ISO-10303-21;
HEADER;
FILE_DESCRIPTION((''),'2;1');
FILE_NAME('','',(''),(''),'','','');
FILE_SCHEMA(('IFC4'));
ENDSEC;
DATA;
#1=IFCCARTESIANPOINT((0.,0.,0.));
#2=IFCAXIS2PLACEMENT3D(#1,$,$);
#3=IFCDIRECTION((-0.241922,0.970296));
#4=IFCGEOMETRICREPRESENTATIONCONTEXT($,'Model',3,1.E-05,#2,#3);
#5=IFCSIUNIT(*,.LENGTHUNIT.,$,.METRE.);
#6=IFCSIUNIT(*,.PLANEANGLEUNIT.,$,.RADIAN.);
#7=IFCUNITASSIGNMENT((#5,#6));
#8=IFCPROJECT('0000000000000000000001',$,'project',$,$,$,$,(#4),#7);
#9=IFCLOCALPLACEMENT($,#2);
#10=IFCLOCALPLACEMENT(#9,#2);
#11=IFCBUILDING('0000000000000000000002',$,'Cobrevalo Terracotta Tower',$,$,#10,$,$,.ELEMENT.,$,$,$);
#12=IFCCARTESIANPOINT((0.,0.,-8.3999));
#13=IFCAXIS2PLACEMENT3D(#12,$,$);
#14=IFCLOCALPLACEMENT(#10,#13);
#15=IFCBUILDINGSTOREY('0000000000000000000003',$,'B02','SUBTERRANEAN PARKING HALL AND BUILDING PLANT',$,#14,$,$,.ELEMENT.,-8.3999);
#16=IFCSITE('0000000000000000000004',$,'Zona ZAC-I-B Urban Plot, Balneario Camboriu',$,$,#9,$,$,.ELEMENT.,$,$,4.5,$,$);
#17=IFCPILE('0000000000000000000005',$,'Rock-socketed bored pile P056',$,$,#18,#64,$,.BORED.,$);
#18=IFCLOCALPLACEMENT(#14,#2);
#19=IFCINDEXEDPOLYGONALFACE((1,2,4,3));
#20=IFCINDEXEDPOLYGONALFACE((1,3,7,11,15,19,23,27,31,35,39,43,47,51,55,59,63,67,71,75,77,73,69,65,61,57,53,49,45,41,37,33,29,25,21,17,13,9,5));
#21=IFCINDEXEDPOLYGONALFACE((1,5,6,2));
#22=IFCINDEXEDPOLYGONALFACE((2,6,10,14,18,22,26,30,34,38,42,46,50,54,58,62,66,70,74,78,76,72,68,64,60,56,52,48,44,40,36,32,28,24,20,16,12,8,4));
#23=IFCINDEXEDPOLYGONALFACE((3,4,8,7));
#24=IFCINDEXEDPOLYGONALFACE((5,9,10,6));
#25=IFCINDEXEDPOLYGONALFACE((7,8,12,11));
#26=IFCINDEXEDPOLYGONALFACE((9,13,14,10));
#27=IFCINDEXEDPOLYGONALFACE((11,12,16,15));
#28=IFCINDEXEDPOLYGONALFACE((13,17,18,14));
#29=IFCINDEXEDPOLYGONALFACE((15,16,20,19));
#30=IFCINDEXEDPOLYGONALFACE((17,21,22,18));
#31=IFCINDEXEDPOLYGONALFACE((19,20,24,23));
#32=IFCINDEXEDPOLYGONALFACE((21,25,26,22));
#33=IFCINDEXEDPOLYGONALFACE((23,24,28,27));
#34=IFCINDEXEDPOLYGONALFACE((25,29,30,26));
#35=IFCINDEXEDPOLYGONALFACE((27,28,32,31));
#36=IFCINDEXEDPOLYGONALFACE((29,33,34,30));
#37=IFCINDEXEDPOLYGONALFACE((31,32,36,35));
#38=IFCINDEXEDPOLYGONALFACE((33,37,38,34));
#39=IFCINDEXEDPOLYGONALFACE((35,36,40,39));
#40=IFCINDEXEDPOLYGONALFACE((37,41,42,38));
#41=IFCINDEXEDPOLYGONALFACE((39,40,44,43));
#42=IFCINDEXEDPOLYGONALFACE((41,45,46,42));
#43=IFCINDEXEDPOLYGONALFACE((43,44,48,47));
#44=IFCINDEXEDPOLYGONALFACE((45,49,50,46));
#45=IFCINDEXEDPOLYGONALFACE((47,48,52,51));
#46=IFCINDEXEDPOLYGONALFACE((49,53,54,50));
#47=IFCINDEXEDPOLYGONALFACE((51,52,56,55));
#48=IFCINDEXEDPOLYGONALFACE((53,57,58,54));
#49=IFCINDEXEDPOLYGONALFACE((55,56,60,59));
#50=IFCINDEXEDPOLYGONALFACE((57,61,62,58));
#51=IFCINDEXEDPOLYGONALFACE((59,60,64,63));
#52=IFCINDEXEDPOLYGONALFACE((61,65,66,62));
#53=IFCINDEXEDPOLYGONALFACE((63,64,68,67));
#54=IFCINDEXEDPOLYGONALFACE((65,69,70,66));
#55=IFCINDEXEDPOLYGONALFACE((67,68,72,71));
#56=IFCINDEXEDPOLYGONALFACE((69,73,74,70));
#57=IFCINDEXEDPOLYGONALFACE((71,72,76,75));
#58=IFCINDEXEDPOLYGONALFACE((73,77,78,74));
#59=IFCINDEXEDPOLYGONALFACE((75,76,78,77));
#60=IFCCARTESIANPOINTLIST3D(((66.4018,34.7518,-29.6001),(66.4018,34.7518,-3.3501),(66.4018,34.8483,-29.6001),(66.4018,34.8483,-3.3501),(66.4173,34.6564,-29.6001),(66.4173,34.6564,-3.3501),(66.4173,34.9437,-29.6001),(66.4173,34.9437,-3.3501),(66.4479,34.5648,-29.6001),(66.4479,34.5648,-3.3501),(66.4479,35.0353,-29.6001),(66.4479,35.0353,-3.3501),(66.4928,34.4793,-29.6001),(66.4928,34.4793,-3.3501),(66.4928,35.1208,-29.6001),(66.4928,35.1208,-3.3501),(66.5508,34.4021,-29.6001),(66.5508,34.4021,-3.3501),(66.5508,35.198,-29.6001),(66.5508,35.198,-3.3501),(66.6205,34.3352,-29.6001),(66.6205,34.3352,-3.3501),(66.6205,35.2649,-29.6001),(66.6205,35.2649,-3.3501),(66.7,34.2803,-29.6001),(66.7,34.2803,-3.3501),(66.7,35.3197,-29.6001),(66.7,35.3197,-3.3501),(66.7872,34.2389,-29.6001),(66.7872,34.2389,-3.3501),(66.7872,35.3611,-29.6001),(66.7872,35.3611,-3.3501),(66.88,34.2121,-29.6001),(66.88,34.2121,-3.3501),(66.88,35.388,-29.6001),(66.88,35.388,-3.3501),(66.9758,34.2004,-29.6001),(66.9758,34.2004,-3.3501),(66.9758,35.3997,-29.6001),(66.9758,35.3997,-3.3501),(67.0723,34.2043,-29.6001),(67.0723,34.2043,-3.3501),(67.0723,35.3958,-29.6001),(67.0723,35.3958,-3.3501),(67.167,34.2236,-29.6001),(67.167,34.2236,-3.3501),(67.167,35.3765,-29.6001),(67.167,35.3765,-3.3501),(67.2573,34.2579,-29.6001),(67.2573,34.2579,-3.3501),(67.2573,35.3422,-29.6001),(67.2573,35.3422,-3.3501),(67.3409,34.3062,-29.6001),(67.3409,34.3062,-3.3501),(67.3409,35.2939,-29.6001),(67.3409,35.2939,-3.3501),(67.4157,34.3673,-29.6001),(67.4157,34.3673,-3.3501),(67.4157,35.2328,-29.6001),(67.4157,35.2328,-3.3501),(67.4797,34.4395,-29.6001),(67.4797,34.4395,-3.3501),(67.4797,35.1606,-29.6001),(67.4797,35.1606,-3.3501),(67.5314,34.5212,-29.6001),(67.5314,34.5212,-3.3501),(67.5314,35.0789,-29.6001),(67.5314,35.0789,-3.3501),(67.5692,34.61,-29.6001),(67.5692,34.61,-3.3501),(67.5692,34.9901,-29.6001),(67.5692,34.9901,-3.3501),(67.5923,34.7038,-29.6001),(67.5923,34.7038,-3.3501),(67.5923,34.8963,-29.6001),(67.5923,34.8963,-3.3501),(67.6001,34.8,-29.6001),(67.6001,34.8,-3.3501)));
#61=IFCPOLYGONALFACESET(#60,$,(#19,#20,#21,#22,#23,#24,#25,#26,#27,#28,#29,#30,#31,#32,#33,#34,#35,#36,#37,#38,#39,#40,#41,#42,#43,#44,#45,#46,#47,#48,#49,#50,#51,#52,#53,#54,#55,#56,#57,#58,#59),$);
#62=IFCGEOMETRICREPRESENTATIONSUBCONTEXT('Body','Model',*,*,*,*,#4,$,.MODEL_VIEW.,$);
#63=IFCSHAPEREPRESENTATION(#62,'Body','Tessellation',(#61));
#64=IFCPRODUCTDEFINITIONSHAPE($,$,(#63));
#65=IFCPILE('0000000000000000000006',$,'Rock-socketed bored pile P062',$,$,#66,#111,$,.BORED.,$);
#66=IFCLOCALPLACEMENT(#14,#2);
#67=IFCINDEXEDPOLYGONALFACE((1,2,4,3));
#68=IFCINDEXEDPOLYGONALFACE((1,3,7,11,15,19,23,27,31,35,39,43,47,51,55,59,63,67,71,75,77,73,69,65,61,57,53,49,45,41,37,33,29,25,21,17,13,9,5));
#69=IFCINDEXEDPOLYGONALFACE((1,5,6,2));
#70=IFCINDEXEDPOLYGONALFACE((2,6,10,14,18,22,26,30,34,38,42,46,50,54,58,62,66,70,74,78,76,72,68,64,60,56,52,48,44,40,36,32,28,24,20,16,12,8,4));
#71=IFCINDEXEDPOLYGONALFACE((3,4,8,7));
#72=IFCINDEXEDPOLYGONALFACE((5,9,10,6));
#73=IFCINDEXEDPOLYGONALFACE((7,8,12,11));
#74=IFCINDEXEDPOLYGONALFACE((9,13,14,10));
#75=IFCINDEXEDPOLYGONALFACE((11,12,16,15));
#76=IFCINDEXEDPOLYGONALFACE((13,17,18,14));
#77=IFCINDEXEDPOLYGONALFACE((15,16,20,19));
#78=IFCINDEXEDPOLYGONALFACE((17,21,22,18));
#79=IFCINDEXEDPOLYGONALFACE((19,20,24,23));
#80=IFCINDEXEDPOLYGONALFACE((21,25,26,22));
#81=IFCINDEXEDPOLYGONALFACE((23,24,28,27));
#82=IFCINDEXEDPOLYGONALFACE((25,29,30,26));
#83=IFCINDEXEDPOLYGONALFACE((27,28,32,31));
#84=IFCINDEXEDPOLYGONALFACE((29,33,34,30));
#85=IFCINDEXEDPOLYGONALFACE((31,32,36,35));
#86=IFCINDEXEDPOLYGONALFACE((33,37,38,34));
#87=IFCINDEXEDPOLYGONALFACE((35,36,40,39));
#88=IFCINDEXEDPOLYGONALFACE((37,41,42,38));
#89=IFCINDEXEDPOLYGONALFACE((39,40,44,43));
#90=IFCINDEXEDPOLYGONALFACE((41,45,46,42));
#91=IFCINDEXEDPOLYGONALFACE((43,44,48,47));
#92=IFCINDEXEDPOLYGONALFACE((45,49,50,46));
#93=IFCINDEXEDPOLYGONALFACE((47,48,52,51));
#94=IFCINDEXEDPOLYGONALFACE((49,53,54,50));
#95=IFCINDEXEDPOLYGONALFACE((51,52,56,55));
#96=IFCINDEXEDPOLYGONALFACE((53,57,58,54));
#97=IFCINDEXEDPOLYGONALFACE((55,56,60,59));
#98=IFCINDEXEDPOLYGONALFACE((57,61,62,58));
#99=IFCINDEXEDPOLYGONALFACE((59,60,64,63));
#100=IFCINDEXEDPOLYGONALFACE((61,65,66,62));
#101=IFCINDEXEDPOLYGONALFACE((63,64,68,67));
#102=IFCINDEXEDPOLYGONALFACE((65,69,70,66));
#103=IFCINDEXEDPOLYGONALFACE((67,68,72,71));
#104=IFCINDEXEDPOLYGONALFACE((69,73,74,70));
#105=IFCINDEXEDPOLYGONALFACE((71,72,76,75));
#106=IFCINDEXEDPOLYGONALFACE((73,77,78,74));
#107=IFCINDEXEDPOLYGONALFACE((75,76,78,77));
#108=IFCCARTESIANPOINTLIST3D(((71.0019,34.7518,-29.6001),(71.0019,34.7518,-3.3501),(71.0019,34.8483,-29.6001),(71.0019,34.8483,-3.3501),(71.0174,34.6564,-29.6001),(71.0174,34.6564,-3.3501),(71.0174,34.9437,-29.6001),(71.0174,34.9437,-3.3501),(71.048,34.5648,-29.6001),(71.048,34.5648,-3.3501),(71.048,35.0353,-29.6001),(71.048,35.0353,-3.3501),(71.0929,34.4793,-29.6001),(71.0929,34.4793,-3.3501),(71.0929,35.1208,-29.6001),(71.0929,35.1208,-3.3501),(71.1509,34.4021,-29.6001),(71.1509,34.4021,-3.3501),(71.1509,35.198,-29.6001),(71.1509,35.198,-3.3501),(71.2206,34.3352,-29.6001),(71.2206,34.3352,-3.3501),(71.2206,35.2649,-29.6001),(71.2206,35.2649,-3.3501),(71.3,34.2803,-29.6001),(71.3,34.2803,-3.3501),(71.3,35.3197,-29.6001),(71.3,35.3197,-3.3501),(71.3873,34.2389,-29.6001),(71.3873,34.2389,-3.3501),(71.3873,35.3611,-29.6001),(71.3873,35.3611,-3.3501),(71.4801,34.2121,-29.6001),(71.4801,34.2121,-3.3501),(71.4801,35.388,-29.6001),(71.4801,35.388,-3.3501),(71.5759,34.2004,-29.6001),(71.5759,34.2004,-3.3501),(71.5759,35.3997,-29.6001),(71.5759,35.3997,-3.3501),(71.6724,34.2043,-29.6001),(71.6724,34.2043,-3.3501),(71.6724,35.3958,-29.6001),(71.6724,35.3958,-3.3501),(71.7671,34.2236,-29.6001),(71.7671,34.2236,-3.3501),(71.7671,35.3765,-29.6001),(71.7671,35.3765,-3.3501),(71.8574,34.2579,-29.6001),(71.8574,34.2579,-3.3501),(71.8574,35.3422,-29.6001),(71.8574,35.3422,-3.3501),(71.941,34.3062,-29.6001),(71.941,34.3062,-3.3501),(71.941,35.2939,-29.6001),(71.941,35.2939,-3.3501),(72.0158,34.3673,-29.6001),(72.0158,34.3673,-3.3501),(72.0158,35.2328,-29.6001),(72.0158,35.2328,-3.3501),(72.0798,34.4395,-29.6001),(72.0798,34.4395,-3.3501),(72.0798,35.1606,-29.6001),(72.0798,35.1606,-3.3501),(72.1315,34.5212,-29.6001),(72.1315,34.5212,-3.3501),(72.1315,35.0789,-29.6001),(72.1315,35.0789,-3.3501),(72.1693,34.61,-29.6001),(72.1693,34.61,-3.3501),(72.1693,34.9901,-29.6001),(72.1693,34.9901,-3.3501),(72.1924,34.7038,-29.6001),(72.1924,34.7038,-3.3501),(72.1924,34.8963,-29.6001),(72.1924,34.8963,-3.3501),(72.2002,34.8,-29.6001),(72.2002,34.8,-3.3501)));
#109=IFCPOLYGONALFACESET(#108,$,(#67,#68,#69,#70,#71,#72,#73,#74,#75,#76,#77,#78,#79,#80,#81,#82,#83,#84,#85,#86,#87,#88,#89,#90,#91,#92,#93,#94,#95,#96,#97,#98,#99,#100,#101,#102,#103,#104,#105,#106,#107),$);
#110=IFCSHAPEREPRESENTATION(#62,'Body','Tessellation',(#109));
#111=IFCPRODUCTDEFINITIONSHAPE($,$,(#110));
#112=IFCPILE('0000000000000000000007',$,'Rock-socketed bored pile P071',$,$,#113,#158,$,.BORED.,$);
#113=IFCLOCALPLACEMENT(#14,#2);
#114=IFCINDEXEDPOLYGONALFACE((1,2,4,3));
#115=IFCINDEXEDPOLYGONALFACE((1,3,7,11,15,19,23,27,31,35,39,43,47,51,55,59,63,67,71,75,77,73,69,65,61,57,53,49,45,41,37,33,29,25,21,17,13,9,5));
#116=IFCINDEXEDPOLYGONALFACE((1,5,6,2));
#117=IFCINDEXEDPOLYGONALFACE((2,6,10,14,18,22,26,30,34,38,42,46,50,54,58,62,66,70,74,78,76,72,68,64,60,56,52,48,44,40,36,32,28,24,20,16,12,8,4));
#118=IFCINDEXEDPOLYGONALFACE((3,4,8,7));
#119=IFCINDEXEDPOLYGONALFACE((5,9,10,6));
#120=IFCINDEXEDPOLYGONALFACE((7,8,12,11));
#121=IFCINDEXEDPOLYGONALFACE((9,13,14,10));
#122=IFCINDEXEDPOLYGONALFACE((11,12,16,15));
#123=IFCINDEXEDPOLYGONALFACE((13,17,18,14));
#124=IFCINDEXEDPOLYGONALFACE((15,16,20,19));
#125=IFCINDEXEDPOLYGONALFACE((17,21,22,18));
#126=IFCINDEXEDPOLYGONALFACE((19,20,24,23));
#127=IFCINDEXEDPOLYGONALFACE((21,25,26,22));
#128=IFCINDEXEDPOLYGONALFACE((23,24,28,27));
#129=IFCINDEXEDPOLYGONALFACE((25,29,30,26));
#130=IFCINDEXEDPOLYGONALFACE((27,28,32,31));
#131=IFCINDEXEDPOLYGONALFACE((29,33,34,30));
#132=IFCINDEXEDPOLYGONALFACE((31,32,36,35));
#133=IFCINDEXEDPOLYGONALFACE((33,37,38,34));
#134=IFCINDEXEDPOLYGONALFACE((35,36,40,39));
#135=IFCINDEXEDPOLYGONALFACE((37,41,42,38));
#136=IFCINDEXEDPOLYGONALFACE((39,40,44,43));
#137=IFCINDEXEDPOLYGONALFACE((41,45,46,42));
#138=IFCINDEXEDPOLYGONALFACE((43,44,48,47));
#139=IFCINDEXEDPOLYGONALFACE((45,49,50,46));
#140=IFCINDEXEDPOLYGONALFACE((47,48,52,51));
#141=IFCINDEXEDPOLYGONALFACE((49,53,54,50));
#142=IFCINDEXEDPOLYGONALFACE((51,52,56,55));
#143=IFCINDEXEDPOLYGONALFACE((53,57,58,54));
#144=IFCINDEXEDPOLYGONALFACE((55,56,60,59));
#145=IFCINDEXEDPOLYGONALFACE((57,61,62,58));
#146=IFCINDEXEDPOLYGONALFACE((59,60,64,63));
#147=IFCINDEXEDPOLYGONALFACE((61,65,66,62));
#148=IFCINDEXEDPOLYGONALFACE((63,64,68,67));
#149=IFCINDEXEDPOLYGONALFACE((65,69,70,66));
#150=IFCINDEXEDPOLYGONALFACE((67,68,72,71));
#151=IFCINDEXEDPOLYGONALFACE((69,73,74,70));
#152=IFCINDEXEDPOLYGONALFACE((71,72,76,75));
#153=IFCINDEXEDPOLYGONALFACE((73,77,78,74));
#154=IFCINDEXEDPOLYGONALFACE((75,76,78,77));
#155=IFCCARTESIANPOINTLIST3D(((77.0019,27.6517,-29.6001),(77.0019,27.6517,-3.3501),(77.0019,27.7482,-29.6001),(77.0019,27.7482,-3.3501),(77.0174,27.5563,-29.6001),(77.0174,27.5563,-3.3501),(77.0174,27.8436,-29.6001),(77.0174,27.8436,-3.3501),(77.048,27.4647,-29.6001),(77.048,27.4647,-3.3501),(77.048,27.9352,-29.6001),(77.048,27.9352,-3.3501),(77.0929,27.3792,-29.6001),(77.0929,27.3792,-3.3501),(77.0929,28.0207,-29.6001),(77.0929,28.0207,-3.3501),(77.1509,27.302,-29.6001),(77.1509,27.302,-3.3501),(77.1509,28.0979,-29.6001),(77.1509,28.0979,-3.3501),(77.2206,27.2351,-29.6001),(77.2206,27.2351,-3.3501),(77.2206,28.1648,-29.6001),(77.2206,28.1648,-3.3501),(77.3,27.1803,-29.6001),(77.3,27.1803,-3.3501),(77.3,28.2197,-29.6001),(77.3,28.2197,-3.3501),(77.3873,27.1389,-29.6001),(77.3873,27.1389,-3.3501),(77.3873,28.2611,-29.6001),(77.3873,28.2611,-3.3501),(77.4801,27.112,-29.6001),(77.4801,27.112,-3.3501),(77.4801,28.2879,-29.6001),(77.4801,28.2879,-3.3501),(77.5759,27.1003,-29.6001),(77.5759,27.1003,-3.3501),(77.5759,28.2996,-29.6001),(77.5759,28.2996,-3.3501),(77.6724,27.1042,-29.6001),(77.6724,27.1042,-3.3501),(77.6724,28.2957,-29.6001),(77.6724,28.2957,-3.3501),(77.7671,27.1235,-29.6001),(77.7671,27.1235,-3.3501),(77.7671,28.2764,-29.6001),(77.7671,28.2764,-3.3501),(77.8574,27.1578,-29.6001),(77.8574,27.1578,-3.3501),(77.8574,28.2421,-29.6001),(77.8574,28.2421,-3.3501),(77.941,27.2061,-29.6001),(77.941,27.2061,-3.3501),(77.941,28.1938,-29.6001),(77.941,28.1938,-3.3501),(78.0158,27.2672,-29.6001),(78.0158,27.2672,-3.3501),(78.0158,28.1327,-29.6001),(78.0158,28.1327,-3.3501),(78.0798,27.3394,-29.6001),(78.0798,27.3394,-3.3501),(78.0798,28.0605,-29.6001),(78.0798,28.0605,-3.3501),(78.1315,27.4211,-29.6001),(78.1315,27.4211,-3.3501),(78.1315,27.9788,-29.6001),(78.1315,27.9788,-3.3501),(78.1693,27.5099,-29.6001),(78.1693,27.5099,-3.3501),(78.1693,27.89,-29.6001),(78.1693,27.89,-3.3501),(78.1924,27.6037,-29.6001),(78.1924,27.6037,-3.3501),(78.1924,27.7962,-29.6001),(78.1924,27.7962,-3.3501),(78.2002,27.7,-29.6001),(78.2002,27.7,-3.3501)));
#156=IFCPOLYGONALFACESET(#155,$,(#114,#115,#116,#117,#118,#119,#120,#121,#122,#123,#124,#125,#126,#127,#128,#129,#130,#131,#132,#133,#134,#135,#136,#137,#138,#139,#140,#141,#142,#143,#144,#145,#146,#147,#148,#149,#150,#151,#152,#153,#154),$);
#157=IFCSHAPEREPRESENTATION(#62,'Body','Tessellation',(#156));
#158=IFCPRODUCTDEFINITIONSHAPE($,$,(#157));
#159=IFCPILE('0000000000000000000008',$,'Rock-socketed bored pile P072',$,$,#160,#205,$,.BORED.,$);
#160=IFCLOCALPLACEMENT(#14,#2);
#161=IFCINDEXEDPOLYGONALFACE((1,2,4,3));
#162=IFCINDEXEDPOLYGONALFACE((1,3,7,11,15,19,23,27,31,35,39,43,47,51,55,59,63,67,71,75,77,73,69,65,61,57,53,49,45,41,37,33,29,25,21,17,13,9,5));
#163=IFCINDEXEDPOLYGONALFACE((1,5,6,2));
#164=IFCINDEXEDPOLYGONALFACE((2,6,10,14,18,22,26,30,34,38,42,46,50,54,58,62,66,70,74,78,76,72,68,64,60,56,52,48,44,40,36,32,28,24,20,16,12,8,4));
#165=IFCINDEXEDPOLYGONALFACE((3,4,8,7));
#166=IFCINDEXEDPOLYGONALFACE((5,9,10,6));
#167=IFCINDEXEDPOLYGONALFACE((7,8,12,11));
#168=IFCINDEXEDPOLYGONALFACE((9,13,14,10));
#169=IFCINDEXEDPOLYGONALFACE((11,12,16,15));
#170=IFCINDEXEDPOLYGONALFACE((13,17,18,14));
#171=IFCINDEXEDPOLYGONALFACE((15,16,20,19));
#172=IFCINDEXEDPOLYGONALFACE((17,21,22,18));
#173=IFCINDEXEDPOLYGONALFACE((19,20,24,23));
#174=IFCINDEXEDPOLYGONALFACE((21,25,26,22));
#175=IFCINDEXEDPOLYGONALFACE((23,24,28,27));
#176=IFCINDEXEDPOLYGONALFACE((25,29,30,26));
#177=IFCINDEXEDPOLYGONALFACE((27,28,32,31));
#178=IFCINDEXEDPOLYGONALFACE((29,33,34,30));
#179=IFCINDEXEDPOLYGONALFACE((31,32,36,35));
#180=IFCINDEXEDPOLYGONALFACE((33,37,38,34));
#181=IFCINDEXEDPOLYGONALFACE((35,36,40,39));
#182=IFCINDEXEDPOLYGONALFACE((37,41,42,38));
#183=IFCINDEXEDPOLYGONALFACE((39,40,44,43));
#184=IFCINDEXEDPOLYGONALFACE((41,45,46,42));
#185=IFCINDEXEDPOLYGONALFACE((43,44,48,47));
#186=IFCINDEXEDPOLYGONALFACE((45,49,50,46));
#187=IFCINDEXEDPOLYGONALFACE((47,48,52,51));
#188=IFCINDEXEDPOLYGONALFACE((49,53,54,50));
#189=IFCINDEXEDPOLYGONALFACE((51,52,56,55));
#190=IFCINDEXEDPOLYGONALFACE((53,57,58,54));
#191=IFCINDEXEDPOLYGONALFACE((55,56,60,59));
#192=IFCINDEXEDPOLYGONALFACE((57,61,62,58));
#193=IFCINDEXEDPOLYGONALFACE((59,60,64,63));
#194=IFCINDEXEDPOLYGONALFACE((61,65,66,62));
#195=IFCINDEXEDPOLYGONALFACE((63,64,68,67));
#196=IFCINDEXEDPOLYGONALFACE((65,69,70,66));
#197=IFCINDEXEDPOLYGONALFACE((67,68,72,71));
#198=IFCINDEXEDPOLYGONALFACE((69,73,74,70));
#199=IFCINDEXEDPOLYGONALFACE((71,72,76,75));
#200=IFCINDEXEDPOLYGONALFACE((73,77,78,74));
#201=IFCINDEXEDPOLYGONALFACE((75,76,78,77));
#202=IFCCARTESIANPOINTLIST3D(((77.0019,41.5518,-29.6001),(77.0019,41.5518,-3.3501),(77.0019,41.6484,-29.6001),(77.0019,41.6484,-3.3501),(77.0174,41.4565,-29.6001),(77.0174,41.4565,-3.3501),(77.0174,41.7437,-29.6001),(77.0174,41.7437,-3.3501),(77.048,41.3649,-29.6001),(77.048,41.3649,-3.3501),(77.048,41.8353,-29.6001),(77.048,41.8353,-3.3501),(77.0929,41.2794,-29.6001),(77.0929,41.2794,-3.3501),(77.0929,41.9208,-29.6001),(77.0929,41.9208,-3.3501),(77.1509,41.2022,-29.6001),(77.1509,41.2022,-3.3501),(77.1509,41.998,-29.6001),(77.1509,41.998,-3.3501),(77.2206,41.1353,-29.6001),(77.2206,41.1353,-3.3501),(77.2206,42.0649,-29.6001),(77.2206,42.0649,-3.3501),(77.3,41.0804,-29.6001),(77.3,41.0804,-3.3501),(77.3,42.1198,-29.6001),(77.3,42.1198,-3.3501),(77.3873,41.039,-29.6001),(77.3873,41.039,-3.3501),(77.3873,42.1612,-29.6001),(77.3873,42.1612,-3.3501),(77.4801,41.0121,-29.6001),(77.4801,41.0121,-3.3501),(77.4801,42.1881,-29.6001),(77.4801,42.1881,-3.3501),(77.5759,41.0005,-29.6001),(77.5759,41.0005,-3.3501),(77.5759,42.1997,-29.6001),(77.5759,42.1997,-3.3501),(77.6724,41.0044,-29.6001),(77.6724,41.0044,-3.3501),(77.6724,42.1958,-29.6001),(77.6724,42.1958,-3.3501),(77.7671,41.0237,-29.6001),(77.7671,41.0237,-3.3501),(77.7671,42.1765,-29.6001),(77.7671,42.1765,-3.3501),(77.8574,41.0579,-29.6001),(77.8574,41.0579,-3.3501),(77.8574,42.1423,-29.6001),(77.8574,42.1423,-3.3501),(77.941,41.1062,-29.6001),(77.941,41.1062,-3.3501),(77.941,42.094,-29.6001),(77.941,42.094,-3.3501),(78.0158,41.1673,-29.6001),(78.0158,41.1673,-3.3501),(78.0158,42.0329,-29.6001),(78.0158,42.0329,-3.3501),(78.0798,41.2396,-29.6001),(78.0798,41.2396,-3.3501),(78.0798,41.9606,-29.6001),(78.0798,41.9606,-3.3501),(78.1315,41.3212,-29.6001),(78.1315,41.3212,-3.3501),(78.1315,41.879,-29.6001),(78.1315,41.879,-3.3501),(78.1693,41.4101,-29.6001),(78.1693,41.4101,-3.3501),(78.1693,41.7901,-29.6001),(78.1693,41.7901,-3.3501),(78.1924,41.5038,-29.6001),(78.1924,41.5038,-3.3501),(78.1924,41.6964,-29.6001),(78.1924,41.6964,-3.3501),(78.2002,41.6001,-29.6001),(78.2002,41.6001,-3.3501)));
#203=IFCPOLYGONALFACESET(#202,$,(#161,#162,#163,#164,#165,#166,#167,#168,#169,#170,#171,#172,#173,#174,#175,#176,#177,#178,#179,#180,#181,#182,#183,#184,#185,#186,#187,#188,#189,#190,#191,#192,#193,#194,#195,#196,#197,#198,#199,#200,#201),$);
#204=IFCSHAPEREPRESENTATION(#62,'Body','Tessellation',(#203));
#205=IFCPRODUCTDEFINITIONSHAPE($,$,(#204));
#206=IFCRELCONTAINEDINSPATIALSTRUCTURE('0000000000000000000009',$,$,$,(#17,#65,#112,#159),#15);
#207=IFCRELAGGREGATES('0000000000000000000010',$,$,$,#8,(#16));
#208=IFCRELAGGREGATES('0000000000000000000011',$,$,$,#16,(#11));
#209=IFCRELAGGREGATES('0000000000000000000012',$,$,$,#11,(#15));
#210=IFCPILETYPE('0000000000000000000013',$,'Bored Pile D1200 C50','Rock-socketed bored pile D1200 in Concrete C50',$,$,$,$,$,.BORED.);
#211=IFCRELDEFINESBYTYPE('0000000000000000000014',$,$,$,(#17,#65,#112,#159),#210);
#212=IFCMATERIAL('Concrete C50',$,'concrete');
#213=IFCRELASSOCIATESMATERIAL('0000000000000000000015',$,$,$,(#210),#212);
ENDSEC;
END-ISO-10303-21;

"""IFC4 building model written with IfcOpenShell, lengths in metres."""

from ifc_helpers import new_model, si_unit, direction, frame, origin, origin_2d, place, context, subcontext, project, spatial, circle, extrude, material, material_profile, profile_set, type_object, element, save


model = new_model("IFC4")

# Units and contexts
model_context = context("Model", 3, precision=1e-05, world=origin(), true_north=direction((-0.241922, 0.970296)))
body_context = subcontext(model_context, "Body", "Model", "MODEL_VIEW")
ifc_project = project(units=[si_unit("LENGTHUNIT", "METRE"), si_unit("PLANEANGLEUNIT", "RADIAN")], contexts=[model_context])

# Site, building, storey
site_placement = place(None, origin())
site = spatial("IfcSite", under=ifc_project, at=site_placement, Name="Zona ZAC-I-B Urban Plot, Balneario Camboriu", CompositionType="ELEMENT", RefElevation=4.5)
building_placement = place(site_placement, origin())
building = spatial("IfcBuilding", under=site, at=building_placement, Name="Cobrevalo Terracotta Tower", CompositionType="ELEMENT")
storey_placement = place(building_placement, frame((0.0, 0.0, -8.3999)))
storey = spatial("IfcBuildingStorey", under=building, at=storey_placement, Name="B02", Description="SUBTERRANEAN PARKING HALL AND BUILDING PLANT", CompositionType="ELEMENT", Elevation=-8.3999)

# Piles
ifc_material_1 = material(Name="Concrete C50", Category="concrete")
ifc_material_profile_1 = material_profile(ifc_material_1, circle(Radius=0.6001, at=origin_2d()), Name="PILE D1200")
ifc_profile_set_1 = profile_set([ifc_material_profile_1], Name="Concrete C50")
pile_type_1 = type_object("IfcPileType", Name="Bored Pile D1200 C50", Description="Rock-socketed bored pile D1200 in Concrete C50", PredefinedType="BORED", material=ifc_profile_set_1)
for number, where, z_axis, x_axis, name in (
    (1, (67.0, 34.8, -3.3501), (0.0, 0.0, -1.0), (1.0, 0.0, 0.0), "Rock-socketed bored pile P056"),
    (2, (71.6001, 34.8, -3.3501), (0.0, 0.0, -1.0), (1.0, 0.0, 0.0), "Rock-socketed bored pile P062"),
    (3, (77.6001, 27.7, -3.3501), (0.0, 0.0, -1.0), (1.0, 0.0, 0.0), "Rock-socketed bored pile P071"),
    (4, (77.6001, 41.6001, -3.3501), (0.0, 0.0, -1.0), (1.0, 0.0, 0.0), "Rock-socketed bored pile P072"),
):
    element("IfcPile", number, at=place(storey_placement, frame(where, z_axis=z_axis, x_axis=x_axis)), inside=storey, type_object=pile_type_1, Name=name, PredefinedType="BORED", context=body_context, shape_type="SweptSolid", body=[
        extrude(circle(Radius=0.6001, at=origin_2d()), origin(), (0.0, 0.0, 1.0), 26.25),
    ])

save(model, "model.ifc")
